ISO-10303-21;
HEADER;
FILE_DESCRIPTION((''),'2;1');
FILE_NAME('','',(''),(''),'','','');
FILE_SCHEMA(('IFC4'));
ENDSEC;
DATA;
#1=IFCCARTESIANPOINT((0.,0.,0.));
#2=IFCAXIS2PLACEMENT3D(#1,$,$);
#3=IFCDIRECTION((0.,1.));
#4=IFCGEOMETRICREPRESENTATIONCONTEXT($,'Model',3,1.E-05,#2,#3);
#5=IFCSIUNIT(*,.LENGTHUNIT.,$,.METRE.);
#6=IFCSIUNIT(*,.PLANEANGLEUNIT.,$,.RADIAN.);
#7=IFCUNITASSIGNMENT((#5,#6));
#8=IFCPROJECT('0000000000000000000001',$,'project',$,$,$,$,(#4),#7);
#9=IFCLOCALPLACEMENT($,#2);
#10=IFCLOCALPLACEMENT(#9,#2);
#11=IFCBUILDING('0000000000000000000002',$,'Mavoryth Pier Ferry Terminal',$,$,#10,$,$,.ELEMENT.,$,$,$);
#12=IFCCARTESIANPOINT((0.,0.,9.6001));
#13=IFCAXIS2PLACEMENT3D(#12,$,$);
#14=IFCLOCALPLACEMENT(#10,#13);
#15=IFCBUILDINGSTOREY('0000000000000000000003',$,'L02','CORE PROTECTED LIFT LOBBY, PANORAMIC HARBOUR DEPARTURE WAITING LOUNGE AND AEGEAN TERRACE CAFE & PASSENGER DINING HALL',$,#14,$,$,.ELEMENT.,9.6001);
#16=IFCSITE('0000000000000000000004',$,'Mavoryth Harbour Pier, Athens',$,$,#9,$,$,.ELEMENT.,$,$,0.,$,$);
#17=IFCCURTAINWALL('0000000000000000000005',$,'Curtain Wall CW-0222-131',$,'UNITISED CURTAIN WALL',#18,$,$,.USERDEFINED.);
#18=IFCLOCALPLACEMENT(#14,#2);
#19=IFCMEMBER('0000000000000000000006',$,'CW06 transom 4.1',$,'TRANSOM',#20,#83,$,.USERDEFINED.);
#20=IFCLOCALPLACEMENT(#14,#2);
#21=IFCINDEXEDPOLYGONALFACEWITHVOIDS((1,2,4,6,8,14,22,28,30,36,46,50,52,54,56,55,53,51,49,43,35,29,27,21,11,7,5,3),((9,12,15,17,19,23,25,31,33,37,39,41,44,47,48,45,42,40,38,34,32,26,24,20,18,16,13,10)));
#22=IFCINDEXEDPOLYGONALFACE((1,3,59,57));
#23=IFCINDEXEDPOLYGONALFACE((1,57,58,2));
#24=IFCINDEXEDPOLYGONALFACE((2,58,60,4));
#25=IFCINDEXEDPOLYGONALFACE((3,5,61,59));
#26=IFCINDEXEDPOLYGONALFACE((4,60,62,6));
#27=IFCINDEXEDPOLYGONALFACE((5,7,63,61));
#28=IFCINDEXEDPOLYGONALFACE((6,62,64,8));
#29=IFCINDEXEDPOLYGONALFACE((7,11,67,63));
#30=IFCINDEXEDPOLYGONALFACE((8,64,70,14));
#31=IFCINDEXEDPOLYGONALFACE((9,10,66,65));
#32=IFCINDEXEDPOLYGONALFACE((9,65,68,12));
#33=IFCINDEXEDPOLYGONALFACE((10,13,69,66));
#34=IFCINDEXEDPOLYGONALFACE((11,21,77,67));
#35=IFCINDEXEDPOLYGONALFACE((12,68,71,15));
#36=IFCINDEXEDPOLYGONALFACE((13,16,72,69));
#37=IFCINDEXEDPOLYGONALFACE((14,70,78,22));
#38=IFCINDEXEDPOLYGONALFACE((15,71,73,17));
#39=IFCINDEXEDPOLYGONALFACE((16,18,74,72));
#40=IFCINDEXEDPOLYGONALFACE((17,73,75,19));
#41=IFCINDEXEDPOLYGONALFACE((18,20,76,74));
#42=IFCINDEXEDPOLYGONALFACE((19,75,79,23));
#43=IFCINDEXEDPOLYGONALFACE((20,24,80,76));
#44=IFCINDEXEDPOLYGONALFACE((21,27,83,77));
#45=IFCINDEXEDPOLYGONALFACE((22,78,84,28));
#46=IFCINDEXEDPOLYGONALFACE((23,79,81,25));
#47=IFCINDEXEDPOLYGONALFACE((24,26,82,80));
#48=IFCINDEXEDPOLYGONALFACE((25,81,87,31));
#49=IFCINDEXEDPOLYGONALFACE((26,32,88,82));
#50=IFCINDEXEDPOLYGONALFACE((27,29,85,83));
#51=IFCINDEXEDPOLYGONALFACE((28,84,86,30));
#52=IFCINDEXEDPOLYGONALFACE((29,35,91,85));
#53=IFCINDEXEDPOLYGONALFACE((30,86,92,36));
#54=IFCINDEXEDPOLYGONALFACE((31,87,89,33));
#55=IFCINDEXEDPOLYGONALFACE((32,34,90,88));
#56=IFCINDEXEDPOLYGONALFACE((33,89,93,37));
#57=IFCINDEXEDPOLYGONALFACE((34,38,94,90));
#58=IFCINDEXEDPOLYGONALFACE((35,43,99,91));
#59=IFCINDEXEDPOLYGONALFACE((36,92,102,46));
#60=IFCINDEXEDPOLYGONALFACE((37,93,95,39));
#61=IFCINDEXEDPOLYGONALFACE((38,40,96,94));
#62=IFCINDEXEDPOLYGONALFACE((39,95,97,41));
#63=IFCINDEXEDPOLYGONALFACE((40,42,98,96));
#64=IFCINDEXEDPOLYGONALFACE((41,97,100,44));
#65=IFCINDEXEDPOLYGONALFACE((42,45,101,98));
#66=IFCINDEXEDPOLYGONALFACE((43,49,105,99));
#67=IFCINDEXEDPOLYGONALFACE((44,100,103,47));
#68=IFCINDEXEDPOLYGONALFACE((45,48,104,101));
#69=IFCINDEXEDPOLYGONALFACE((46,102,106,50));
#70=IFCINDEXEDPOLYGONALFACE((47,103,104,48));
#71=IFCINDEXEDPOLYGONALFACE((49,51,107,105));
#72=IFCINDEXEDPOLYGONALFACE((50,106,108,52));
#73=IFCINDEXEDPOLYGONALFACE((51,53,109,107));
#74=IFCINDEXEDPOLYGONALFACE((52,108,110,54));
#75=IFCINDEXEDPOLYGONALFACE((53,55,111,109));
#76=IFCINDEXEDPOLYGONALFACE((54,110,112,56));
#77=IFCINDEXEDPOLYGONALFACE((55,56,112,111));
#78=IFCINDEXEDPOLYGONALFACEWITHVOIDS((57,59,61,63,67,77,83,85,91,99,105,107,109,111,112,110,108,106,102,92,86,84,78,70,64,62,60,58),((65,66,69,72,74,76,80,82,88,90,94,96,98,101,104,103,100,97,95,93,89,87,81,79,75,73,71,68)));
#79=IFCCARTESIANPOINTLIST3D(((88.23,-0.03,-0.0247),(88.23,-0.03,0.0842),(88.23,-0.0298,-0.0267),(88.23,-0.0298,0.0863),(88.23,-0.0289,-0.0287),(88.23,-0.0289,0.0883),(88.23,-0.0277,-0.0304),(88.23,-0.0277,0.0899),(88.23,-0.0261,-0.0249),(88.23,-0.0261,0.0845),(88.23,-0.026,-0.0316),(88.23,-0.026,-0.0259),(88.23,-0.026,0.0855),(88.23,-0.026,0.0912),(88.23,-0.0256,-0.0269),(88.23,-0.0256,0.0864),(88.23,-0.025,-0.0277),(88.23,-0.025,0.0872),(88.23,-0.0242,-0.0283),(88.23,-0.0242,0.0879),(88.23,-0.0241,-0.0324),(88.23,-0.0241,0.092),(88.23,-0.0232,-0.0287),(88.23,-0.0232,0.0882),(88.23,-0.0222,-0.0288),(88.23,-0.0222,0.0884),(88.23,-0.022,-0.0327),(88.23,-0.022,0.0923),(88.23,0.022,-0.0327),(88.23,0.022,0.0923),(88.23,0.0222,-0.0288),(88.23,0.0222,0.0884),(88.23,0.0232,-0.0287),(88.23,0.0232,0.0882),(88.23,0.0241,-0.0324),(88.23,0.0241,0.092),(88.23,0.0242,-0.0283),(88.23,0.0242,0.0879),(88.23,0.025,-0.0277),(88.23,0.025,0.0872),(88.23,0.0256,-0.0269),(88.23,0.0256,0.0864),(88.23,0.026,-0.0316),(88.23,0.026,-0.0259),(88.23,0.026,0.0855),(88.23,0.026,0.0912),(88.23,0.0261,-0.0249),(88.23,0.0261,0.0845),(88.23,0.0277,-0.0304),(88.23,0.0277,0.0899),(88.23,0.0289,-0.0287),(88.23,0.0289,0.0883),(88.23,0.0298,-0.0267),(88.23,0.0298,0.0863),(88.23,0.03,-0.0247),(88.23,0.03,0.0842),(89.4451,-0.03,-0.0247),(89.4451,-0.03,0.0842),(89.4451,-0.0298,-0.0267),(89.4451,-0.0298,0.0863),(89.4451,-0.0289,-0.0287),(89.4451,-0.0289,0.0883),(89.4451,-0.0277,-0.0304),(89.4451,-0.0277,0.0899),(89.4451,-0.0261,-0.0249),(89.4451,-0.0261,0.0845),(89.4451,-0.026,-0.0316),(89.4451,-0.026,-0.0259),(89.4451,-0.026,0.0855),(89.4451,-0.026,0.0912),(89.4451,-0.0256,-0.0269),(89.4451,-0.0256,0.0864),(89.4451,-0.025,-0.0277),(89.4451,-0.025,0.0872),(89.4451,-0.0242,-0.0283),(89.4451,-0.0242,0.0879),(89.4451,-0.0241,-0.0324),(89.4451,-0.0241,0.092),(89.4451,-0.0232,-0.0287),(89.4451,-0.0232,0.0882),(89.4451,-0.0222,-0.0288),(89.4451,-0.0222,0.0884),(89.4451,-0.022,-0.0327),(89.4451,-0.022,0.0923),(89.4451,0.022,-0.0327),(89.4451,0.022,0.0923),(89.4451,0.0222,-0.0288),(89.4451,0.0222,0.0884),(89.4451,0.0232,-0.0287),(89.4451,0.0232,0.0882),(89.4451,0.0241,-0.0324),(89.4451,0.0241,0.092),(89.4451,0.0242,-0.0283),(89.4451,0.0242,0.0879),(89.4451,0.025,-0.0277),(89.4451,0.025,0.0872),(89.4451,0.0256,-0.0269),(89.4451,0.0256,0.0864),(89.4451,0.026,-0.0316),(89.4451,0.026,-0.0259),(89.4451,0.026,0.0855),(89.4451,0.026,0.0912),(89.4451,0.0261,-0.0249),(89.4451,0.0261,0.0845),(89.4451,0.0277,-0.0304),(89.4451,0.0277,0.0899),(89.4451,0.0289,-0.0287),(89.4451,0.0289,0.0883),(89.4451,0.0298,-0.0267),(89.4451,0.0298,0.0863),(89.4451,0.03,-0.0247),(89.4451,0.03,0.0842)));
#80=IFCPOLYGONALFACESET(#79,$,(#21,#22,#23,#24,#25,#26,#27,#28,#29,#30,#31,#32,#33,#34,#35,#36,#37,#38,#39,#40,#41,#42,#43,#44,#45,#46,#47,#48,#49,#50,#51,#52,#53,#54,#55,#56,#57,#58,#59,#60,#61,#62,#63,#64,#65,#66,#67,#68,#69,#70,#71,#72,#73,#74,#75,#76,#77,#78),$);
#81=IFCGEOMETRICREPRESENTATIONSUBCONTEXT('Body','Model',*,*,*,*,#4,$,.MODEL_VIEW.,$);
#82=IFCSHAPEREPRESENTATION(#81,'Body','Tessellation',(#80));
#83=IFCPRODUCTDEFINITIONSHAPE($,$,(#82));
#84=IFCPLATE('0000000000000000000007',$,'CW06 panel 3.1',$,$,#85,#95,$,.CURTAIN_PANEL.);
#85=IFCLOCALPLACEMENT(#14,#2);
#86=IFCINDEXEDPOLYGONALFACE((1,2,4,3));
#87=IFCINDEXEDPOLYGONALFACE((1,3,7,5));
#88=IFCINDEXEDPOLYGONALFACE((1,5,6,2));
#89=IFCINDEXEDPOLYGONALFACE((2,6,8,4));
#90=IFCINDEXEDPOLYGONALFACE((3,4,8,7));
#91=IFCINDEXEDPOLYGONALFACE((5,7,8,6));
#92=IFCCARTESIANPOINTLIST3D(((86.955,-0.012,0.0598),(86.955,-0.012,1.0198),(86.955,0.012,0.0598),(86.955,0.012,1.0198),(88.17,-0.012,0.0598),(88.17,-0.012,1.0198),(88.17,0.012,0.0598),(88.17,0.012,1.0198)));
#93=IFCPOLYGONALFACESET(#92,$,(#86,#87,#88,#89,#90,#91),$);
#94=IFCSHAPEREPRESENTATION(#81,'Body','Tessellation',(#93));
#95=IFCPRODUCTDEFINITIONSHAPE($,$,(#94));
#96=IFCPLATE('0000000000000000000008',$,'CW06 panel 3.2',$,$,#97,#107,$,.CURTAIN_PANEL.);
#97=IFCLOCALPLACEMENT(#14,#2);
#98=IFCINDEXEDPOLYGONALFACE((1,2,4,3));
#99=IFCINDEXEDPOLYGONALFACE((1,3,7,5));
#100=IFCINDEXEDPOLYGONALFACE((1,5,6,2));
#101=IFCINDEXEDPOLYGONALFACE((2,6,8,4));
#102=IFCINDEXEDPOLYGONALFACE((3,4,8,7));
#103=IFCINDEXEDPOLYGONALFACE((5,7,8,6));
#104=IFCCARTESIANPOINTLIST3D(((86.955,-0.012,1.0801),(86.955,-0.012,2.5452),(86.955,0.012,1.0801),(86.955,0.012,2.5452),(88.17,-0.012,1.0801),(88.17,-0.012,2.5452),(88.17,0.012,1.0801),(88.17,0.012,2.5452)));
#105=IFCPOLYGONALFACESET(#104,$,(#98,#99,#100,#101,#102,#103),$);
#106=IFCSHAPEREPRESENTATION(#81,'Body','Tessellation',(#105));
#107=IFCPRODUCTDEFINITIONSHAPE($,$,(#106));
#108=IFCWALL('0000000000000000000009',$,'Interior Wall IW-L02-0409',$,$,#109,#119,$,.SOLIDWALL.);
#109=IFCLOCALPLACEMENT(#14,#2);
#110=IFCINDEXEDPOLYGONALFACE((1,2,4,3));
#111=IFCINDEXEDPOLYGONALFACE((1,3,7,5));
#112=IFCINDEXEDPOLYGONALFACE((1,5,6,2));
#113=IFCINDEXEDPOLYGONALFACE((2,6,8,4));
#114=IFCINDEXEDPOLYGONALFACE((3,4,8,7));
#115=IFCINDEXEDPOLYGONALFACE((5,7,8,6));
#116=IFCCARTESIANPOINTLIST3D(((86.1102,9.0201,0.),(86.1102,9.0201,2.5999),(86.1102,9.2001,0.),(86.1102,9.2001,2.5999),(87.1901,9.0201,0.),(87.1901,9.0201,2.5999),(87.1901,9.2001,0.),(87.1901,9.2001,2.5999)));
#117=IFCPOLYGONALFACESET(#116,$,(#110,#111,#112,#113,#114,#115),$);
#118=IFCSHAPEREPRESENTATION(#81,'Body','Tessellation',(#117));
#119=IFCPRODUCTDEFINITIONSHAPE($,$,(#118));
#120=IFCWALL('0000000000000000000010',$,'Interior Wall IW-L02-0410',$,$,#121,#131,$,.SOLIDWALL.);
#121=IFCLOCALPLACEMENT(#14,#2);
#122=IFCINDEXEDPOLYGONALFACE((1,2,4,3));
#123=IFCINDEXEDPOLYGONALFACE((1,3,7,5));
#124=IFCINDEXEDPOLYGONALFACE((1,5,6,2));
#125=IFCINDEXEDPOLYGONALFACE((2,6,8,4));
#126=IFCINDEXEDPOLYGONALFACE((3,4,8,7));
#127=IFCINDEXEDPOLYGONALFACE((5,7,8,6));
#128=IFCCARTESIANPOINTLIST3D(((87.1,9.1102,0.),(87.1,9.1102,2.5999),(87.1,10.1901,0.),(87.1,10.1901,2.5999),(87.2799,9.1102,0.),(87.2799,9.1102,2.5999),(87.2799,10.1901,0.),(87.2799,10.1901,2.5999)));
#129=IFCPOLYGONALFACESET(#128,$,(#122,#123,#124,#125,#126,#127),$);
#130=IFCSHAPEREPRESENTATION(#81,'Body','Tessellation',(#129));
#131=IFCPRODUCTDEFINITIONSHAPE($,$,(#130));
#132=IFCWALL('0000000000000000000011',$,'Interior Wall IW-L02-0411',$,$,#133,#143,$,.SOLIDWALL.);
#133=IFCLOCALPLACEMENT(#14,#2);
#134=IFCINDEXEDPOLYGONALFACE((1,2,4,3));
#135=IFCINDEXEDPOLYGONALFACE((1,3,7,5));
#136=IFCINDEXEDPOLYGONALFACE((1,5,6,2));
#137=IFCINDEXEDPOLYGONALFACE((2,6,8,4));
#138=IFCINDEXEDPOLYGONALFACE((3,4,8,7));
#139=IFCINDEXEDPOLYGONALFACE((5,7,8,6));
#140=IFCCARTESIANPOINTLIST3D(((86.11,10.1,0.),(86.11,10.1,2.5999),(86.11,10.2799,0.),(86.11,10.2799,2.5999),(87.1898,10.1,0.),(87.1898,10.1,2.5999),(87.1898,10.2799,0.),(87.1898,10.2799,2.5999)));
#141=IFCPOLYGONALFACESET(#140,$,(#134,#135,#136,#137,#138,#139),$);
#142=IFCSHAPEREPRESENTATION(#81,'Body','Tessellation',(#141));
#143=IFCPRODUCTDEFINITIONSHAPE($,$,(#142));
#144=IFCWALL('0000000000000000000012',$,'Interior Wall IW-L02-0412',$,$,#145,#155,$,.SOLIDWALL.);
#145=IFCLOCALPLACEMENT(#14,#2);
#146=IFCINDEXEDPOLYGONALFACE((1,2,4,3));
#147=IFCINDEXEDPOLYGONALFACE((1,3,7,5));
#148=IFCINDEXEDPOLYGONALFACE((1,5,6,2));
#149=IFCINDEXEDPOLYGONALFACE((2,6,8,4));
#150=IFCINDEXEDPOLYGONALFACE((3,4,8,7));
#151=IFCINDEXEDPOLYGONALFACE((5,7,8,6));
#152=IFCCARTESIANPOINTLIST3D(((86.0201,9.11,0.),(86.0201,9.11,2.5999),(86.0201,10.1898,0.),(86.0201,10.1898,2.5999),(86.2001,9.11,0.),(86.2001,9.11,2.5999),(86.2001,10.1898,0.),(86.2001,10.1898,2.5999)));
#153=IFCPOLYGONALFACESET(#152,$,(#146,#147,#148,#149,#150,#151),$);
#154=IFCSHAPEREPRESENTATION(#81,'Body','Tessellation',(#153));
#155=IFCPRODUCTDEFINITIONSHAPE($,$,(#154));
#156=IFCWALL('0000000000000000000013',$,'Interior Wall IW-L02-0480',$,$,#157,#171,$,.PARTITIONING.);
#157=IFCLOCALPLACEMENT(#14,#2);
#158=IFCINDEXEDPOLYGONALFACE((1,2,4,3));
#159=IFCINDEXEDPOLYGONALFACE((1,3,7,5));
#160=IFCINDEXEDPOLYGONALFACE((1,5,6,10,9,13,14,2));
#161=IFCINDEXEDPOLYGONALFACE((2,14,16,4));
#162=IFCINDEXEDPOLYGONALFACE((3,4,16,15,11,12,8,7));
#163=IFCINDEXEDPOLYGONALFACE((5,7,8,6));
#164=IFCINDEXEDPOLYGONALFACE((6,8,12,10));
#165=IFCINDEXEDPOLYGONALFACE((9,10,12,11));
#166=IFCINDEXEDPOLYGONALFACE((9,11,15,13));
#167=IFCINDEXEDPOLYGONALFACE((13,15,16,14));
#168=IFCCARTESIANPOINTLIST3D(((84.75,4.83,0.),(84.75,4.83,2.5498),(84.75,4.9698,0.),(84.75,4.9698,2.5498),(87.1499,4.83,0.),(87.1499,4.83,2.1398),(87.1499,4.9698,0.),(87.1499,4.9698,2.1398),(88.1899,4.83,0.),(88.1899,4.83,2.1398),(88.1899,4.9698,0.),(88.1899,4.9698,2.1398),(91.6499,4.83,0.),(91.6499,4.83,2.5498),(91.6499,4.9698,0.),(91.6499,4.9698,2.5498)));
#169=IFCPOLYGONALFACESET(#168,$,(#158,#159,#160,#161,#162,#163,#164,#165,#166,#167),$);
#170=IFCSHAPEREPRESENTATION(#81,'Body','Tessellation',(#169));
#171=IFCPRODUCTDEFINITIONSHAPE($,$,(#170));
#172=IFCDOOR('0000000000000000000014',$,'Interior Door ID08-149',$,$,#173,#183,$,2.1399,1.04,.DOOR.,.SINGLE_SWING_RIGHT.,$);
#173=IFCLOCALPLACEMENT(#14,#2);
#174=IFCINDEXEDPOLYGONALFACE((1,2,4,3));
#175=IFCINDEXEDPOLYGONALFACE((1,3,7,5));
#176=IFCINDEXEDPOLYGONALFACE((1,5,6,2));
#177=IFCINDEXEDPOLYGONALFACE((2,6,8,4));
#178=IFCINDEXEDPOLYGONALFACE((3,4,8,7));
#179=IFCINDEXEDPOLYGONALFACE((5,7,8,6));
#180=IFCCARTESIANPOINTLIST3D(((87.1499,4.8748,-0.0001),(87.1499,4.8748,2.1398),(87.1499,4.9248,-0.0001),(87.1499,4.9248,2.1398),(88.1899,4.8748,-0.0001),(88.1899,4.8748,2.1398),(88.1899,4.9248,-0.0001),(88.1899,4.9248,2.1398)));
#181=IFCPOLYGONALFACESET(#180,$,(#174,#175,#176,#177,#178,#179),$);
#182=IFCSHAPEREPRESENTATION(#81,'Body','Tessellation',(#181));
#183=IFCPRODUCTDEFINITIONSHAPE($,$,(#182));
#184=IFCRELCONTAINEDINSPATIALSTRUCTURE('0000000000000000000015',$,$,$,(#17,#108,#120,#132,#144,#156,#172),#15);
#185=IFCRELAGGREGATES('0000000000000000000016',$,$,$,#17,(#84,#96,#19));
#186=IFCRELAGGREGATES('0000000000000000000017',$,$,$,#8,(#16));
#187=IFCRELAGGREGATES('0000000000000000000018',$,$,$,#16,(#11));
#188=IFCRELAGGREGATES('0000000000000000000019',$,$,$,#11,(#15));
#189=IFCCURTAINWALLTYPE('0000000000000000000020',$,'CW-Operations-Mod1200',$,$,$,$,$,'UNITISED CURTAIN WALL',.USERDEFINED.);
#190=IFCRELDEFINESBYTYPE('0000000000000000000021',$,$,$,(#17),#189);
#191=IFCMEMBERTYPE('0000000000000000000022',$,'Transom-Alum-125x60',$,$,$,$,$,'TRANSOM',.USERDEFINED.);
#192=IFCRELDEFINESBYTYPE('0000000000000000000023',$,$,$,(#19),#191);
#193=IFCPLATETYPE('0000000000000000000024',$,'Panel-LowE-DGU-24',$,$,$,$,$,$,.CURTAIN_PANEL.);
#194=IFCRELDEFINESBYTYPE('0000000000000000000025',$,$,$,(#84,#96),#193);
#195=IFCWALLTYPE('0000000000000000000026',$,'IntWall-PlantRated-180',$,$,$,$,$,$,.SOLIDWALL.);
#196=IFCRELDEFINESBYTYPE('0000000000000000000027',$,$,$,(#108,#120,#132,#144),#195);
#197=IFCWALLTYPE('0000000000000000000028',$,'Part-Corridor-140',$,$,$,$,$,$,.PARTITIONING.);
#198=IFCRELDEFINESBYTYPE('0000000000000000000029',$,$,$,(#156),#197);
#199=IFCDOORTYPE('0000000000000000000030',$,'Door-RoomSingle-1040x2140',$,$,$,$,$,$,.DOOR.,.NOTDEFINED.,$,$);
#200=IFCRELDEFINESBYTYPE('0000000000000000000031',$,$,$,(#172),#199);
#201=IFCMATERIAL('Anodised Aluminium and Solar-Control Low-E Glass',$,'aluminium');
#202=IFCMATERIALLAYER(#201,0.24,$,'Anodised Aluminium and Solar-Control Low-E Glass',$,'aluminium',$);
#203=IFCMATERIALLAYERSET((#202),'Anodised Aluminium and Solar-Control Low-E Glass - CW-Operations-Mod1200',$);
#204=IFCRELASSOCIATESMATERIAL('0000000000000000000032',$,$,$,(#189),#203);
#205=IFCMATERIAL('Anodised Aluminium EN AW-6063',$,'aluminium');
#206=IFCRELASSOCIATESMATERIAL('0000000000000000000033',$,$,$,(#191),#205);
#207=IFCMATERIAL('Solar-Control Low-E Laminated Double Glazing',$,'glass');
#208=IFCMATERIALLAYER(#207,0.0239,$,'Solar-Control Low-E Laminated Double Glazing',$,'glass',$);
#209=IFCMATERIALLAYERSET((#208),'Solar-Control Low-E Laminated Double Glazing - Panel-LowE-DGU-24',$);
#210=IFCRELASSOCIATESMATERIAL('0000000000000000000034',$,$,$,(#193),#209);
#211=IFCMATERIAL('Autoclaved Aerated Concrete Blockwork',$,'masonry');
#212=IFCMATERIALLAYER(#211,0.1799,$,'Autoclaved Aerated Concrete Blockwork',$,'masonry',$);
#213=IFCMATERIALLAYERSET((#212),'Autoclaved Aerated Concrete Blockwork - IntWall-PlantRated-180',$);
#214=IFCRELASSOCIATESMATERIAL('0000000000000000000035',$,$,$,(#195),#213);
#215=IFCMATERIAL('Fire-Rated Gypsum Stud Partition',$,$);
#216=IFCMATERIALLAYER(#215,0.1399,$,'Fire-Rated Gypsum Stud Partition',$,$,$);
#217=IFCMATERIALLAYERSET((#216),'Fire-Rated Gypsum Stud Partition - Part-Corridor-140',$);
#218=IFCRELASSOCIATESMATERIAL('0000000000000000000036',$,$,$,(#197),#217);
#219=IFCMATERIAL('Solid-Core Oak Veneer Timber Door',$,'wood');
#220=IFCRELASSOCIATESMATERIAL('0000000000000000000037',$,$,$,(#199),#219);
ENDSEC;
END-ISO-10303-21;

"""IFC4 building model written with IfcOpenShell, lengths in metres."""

from ifc_helpers import new_model, si_unit, direction, frame, frame_2d, origin, origin_2d, place, context, subcontext, project, spatial, rectangle, hollow_rectangle, extrude, material, layer, layer_set, material_profile, profile_set, type_object, element, fill, aggregate, save


model = new_model("IFC4")

# Units and contexts
model_context = context("Model", 3, precision=1e-05, world=origin(), true_north=direction((0.0, 1.0)))
body_context = subcontext(model_context, "Body", "Model", "MODEL_VIEW")
ifc_project = project(units=[si_unit("LENGTHUNIT", "METRE"), si_unit("PLANEANGLEUNIT", "RADIAN")], contexts=[model_context])

# Site, building, storey
site_placement = place(None, origin())
site = spatial("IfcSite", under=ifc_project, at=site_placement, Name="Mavoryth Harbour Pier, Athens", CompositionType="ELEMENT", RefElevation=0.0)
building_placement = place(site_placement, origin())
building = spatial("IfcBuilding", under=site, at=building_placement, Name="Mavoryth Pier Ferry Terminal", CompositionType="ELEMENT")
storey_placement = place(building_placement, frame((0.0, 0.0, 9.6001)))
storey = spatial("IfcBuildingStorey", under=building, at=storey_placement, Name="L02", Description="CORE PROTECTED LIFT LOBBY, PANORAMIC HARBOUR DEPARTURE WAITING LOUNGE AND AEGEAN TERRACE CAFE & PASSENGER DINING HALL", CompositionType="ELEMENT", Elevation=9.6001)

# Curtain wall, member, plates
ifc_material_1 = material(Name="Anodised Aluminium and Solar-Control Low-E Glass", Category="aluminium")
ifc_layer_1 = layer(ifc_material_1, 0.24, Name="Anodised Aluminium and Solar-Control Low-E Glass", Category="aluminium")
ifc_layer_set_1 = layer_set([ifc_layer_1], Name="Anodised Aluminium and Solar-Control Low-E Glass - CW-Operations-Mod1200")
curtain_wall_type = type_object("IfcCurtainWallType", Name="CW-Operations-Mod1200", ElementType="UNITISED CURTAIN WALL", PredefinedType="USERDEFINED", material=ifc_layer_set_1)
curtain_wall_placement = place(storey_placement, origin())
curtain_wall = element("IfcCurtainWall", 1, at=curtain_wall_placement, inside=storey, type_object=curtain_wall_type, Name="Curtain Wall CW-0222-131", ObjectType="UNITISED CURTAIN WALL", PredefinedType="USERDEFINED")
ifc_material_2 = material(Name="Anodised Aluminium EN AW-6063", Category="aluminium")
ifc_material_profile_1 = material_profile(ifc_material_2, hollow_rectangle(XDim=0.0601, YDim=0.125, WallThickness=0.0039, InnerFilletRadius=0.0039, OuterFilletRadius=0.0081, at=origin_2d()), Name="AL-TRAN 125x60x4", Category="aluminium")
ifc_profile_set_1 = profile_set([ifc_material_profile_1], Name="Anodised Aluminium EN AW-6063 - AL-TRAN 125x60x4")
member_type_1 = type_object("IfcMemberType", Name="Transom-Alum-125x60", ElementType="TRANSOM", PredefinedType="USERDEFINED", material=ifc_profile_set_1)
member_1_placement = place(storey_placement, frame((88.23, 0.0, 0.0298), z_axis=(1.0, 0.0, 0.0), x_axis=(0.0, 1.0, 0.0)))
member_1 = element("IfcMember", 2, at=member_1_placement, type_object=member_type_1, Name="CW06 transom 4.1", ObjectType="TRANSOM", PredefinedType="USERDEFINED", context=body_context, shape_type="SweptSolid", body=[
    extrude(hollow_rectangle(XDim=0.0601, YDim=0.125, WallThickness=0.0039, InnerFilletRadius=0.0039, OuterFilletRadius=0.0081, at=origin_2d()), origin(), (0.0, 0.0, 1.0), 1.2151),
])
ifc_material_3 = material(Name="Solar-Control Low-E Laminated Double Glazing", Category="glass")
ifc_layer_2 = layer(ifc_material_3, 0.0239, Name="Solar-Control Low-E Laminated Double Glazing", Category="glass")
ifc_layer_set_2 = layer_set([ifc_layer_2], Name="Solar-Control Low-E Laminated Double Glazing - Panel-LowE-DGU-24")
plate_type = type_object("IfcPlateType", Name="Panel-LowE-DGU-24", PredefinedType="CURTAIN_PANEL", material=ifc_layer_set_2)
plate_1_placement = place(storey_placement, frame((87.5625, 0.0, 0.0598), z_axis=(0.0, 0.0, 1.0), x_axis=(1.0, 0.0, 0.0)))
plate_1 = element("IfcPlate", 3, at=plate_1_placement, type_object=plate_type, Name="CW06 panel 3.1", PredefinedType="CURTAIN_PANEL", context=body_context, shape_type="SweptSolid", body=[
    extrude(rectangle(XDim=1.2151, YDim=0.0239, at=origin_2d()), origin(), (0.0, 0.0, 1.0), 0.96),
])
plate_2_placement = place(storey_placement, frame((87.5625, 0.0, 1.0801), z_axis=(0.0, 0.0, 1.0), x_axis=(1.0, 0.0, 0.0)))
plate_2 = element("IfcPlate", 4, at=plate_2_placement, type_object=plate_type, Name="CW06 panel 3.2", PredefinedType="CURTAIN_PANEL", context=body_context, shape_type="SweptSolid", body=[
    extrude(rectangle(XDim=1.2151, YDim=0.0239, at=origin_2d()), origin(), (0.0, 0.0, 1.0), 1.4651),
])
aggregate(curtain_wall, [plate_1, plate_2, member_1])

# Walls
ifc_material_4 = material(Name="Autoclaved Aerated Concrete Blockwork", Category="masonry")
ifc_layer_3 = layer(ifc_material_4, 0.1799, Name="Autoclaved Aerated Concrete Blockwork", Category="masonry")
ifc_layer_set_3 = layer_set([ifc_layer_3], Name="Autoclaved Aerated Concrete Blockwork - IntWall-PlantRated-180")
wall_type_1 = type_object("IfcWallType", Name="IntWall-PlantRated-180", PredefinedType="SOLIDWALL", material=ifc_layer_set_3)
for number, where, z_axis, x_axis, name in (
    (5, (86.1101, 9.1101, 0.0), (0.0, 0.0, 1.0), (1.0, 0.0, 0.0), "Interior Wall IW-L02-0409"),
    (6, (87.1899, 9.1101, 0.0), (0.0, 0.0, 1.0), (0.0, 1.0, 0.0), "Interior Wall IW-L02-0410"),
    (7, (87.1899, 10.1899, 0.0), (0.0, 0.0, 1.0), (-1.0, 0.0, 0.0), "Interior Wall IW-L02-0411"),
    (8, (86.1101, 10.1899, 0.0), (0.0, 0.0, 1.0), (0.0, -1.0, 0.0), "Interior Wall IW-L02-0412"),
):
    element("IfcWall", number, at=place(storey_placement, frame(where, z_axis=z_axis, x_axis=x_axis)), inside=storey, type_object=wall_type_1, Name=name, PredefinedType="SOLIDWALL", context=body_context, shape_type="SweptSolid", body=[
        extrude(rectangle(XDim=1.0798, YDim=0.1799, at=frame_2d((0.54, 0.0))), origin(), (0.0, 0.0, 1.0), 2.5999),
    ])

# Wall, opening, door
ifc_material_5 = material(Name="Fire-Rated Gypsum Stud Partition")
ifc_layer_4 = layer(ifc_material_5, 0.1399, Name="Fire-Rated Gypsum Stud Partition")
ifc_layer_set_4 = layer_set([ifc_layer_4], Name="Fire-Rated Gypsum Stud Partition - Part-Corridor-140")
wall_type_2 = type_object("IfcWallType", Name="Part-Corridor-140", PredefinedType="PARTITIONING", material=ifc_layer_set_4)
wall_1_placement = place(storey_placement, frame((84.75, 4.8999, 0.0), z_axis=(0.0, 0.0, 1.0), x_axis=(1.0, 0.0, 0.0)))
wall_1 = element("IfcWall", 9, at=wall_1_placement, inside=storey, type_object=wall_type_2, Name="Interior Wall IW-L02-0480", PredefinedType="PARTITIONING", context=body_context, shape_type="SweptSolid", body=[
    extrude(rectangle(XDim=6.8999, YDim=0.1399, at=frame_2d((3.45, 0.0))), origin(), (0.0, 0.0, 1.0), 2.5498),
])
opening_1_placement = place(wall_1_placement, frame((2.3999, 0.0, 0.0)))
opening_1 = element("IfcOpeningElement", 10, at=opening_1_placement, cuts=wall_1, PredefinedType="OPENING", context=body_context, shape_type="SweptSolid", body=[
    extrude(rectangle(XDim=1.04, YDim=2.1399, at=frame_2d((0.52, 1.0698))), frame((0.0, 0.0798, 0.0), z_axis=(0.0, -1.0, 0.0), x_axis=(1.0, 0.0, 0.0)), (0.0, 0.0, 1.0), 0.1599),
])
ifc_material_6 = material(Name="Solid-Core Oak Veneer Timber Door", Category="wood")
door_type_1 = type_object("IfcDoorType", Name="Door-RoomSingle-1040x2140", OperationType="NOTDEFINED", PredefinedType="DOOR", material=ifc_material_6)
door_1_placement = place(opening_1_placement, origin())
door_1 = element("IfcDoor", 11, at=door_1_placement, inside=storey, type_object=door_type_1, Name="Interior Door ID08-149", OperationType="SINGLE_SWING_RIGHT", OverallHeight=2.1399, OverallWidth=1.04, PredefinedType="DOOR", context=body_context, shape_type="SweptSolid", body=[
    extrude(rectangle(XDim=1.04, YDim=2.1399, at=frame_2d((0.52, 1.0698))), frame((0.0, 0.0249, 0.0), z_axis=(0.0, -1.0, 0.0), x_axis=(1.0, 0.0, 0.0)), (0.0, 0.0, 1.0), 0.05),
])
fill(opening_1, door_1)

save(model, "model.ifc")
